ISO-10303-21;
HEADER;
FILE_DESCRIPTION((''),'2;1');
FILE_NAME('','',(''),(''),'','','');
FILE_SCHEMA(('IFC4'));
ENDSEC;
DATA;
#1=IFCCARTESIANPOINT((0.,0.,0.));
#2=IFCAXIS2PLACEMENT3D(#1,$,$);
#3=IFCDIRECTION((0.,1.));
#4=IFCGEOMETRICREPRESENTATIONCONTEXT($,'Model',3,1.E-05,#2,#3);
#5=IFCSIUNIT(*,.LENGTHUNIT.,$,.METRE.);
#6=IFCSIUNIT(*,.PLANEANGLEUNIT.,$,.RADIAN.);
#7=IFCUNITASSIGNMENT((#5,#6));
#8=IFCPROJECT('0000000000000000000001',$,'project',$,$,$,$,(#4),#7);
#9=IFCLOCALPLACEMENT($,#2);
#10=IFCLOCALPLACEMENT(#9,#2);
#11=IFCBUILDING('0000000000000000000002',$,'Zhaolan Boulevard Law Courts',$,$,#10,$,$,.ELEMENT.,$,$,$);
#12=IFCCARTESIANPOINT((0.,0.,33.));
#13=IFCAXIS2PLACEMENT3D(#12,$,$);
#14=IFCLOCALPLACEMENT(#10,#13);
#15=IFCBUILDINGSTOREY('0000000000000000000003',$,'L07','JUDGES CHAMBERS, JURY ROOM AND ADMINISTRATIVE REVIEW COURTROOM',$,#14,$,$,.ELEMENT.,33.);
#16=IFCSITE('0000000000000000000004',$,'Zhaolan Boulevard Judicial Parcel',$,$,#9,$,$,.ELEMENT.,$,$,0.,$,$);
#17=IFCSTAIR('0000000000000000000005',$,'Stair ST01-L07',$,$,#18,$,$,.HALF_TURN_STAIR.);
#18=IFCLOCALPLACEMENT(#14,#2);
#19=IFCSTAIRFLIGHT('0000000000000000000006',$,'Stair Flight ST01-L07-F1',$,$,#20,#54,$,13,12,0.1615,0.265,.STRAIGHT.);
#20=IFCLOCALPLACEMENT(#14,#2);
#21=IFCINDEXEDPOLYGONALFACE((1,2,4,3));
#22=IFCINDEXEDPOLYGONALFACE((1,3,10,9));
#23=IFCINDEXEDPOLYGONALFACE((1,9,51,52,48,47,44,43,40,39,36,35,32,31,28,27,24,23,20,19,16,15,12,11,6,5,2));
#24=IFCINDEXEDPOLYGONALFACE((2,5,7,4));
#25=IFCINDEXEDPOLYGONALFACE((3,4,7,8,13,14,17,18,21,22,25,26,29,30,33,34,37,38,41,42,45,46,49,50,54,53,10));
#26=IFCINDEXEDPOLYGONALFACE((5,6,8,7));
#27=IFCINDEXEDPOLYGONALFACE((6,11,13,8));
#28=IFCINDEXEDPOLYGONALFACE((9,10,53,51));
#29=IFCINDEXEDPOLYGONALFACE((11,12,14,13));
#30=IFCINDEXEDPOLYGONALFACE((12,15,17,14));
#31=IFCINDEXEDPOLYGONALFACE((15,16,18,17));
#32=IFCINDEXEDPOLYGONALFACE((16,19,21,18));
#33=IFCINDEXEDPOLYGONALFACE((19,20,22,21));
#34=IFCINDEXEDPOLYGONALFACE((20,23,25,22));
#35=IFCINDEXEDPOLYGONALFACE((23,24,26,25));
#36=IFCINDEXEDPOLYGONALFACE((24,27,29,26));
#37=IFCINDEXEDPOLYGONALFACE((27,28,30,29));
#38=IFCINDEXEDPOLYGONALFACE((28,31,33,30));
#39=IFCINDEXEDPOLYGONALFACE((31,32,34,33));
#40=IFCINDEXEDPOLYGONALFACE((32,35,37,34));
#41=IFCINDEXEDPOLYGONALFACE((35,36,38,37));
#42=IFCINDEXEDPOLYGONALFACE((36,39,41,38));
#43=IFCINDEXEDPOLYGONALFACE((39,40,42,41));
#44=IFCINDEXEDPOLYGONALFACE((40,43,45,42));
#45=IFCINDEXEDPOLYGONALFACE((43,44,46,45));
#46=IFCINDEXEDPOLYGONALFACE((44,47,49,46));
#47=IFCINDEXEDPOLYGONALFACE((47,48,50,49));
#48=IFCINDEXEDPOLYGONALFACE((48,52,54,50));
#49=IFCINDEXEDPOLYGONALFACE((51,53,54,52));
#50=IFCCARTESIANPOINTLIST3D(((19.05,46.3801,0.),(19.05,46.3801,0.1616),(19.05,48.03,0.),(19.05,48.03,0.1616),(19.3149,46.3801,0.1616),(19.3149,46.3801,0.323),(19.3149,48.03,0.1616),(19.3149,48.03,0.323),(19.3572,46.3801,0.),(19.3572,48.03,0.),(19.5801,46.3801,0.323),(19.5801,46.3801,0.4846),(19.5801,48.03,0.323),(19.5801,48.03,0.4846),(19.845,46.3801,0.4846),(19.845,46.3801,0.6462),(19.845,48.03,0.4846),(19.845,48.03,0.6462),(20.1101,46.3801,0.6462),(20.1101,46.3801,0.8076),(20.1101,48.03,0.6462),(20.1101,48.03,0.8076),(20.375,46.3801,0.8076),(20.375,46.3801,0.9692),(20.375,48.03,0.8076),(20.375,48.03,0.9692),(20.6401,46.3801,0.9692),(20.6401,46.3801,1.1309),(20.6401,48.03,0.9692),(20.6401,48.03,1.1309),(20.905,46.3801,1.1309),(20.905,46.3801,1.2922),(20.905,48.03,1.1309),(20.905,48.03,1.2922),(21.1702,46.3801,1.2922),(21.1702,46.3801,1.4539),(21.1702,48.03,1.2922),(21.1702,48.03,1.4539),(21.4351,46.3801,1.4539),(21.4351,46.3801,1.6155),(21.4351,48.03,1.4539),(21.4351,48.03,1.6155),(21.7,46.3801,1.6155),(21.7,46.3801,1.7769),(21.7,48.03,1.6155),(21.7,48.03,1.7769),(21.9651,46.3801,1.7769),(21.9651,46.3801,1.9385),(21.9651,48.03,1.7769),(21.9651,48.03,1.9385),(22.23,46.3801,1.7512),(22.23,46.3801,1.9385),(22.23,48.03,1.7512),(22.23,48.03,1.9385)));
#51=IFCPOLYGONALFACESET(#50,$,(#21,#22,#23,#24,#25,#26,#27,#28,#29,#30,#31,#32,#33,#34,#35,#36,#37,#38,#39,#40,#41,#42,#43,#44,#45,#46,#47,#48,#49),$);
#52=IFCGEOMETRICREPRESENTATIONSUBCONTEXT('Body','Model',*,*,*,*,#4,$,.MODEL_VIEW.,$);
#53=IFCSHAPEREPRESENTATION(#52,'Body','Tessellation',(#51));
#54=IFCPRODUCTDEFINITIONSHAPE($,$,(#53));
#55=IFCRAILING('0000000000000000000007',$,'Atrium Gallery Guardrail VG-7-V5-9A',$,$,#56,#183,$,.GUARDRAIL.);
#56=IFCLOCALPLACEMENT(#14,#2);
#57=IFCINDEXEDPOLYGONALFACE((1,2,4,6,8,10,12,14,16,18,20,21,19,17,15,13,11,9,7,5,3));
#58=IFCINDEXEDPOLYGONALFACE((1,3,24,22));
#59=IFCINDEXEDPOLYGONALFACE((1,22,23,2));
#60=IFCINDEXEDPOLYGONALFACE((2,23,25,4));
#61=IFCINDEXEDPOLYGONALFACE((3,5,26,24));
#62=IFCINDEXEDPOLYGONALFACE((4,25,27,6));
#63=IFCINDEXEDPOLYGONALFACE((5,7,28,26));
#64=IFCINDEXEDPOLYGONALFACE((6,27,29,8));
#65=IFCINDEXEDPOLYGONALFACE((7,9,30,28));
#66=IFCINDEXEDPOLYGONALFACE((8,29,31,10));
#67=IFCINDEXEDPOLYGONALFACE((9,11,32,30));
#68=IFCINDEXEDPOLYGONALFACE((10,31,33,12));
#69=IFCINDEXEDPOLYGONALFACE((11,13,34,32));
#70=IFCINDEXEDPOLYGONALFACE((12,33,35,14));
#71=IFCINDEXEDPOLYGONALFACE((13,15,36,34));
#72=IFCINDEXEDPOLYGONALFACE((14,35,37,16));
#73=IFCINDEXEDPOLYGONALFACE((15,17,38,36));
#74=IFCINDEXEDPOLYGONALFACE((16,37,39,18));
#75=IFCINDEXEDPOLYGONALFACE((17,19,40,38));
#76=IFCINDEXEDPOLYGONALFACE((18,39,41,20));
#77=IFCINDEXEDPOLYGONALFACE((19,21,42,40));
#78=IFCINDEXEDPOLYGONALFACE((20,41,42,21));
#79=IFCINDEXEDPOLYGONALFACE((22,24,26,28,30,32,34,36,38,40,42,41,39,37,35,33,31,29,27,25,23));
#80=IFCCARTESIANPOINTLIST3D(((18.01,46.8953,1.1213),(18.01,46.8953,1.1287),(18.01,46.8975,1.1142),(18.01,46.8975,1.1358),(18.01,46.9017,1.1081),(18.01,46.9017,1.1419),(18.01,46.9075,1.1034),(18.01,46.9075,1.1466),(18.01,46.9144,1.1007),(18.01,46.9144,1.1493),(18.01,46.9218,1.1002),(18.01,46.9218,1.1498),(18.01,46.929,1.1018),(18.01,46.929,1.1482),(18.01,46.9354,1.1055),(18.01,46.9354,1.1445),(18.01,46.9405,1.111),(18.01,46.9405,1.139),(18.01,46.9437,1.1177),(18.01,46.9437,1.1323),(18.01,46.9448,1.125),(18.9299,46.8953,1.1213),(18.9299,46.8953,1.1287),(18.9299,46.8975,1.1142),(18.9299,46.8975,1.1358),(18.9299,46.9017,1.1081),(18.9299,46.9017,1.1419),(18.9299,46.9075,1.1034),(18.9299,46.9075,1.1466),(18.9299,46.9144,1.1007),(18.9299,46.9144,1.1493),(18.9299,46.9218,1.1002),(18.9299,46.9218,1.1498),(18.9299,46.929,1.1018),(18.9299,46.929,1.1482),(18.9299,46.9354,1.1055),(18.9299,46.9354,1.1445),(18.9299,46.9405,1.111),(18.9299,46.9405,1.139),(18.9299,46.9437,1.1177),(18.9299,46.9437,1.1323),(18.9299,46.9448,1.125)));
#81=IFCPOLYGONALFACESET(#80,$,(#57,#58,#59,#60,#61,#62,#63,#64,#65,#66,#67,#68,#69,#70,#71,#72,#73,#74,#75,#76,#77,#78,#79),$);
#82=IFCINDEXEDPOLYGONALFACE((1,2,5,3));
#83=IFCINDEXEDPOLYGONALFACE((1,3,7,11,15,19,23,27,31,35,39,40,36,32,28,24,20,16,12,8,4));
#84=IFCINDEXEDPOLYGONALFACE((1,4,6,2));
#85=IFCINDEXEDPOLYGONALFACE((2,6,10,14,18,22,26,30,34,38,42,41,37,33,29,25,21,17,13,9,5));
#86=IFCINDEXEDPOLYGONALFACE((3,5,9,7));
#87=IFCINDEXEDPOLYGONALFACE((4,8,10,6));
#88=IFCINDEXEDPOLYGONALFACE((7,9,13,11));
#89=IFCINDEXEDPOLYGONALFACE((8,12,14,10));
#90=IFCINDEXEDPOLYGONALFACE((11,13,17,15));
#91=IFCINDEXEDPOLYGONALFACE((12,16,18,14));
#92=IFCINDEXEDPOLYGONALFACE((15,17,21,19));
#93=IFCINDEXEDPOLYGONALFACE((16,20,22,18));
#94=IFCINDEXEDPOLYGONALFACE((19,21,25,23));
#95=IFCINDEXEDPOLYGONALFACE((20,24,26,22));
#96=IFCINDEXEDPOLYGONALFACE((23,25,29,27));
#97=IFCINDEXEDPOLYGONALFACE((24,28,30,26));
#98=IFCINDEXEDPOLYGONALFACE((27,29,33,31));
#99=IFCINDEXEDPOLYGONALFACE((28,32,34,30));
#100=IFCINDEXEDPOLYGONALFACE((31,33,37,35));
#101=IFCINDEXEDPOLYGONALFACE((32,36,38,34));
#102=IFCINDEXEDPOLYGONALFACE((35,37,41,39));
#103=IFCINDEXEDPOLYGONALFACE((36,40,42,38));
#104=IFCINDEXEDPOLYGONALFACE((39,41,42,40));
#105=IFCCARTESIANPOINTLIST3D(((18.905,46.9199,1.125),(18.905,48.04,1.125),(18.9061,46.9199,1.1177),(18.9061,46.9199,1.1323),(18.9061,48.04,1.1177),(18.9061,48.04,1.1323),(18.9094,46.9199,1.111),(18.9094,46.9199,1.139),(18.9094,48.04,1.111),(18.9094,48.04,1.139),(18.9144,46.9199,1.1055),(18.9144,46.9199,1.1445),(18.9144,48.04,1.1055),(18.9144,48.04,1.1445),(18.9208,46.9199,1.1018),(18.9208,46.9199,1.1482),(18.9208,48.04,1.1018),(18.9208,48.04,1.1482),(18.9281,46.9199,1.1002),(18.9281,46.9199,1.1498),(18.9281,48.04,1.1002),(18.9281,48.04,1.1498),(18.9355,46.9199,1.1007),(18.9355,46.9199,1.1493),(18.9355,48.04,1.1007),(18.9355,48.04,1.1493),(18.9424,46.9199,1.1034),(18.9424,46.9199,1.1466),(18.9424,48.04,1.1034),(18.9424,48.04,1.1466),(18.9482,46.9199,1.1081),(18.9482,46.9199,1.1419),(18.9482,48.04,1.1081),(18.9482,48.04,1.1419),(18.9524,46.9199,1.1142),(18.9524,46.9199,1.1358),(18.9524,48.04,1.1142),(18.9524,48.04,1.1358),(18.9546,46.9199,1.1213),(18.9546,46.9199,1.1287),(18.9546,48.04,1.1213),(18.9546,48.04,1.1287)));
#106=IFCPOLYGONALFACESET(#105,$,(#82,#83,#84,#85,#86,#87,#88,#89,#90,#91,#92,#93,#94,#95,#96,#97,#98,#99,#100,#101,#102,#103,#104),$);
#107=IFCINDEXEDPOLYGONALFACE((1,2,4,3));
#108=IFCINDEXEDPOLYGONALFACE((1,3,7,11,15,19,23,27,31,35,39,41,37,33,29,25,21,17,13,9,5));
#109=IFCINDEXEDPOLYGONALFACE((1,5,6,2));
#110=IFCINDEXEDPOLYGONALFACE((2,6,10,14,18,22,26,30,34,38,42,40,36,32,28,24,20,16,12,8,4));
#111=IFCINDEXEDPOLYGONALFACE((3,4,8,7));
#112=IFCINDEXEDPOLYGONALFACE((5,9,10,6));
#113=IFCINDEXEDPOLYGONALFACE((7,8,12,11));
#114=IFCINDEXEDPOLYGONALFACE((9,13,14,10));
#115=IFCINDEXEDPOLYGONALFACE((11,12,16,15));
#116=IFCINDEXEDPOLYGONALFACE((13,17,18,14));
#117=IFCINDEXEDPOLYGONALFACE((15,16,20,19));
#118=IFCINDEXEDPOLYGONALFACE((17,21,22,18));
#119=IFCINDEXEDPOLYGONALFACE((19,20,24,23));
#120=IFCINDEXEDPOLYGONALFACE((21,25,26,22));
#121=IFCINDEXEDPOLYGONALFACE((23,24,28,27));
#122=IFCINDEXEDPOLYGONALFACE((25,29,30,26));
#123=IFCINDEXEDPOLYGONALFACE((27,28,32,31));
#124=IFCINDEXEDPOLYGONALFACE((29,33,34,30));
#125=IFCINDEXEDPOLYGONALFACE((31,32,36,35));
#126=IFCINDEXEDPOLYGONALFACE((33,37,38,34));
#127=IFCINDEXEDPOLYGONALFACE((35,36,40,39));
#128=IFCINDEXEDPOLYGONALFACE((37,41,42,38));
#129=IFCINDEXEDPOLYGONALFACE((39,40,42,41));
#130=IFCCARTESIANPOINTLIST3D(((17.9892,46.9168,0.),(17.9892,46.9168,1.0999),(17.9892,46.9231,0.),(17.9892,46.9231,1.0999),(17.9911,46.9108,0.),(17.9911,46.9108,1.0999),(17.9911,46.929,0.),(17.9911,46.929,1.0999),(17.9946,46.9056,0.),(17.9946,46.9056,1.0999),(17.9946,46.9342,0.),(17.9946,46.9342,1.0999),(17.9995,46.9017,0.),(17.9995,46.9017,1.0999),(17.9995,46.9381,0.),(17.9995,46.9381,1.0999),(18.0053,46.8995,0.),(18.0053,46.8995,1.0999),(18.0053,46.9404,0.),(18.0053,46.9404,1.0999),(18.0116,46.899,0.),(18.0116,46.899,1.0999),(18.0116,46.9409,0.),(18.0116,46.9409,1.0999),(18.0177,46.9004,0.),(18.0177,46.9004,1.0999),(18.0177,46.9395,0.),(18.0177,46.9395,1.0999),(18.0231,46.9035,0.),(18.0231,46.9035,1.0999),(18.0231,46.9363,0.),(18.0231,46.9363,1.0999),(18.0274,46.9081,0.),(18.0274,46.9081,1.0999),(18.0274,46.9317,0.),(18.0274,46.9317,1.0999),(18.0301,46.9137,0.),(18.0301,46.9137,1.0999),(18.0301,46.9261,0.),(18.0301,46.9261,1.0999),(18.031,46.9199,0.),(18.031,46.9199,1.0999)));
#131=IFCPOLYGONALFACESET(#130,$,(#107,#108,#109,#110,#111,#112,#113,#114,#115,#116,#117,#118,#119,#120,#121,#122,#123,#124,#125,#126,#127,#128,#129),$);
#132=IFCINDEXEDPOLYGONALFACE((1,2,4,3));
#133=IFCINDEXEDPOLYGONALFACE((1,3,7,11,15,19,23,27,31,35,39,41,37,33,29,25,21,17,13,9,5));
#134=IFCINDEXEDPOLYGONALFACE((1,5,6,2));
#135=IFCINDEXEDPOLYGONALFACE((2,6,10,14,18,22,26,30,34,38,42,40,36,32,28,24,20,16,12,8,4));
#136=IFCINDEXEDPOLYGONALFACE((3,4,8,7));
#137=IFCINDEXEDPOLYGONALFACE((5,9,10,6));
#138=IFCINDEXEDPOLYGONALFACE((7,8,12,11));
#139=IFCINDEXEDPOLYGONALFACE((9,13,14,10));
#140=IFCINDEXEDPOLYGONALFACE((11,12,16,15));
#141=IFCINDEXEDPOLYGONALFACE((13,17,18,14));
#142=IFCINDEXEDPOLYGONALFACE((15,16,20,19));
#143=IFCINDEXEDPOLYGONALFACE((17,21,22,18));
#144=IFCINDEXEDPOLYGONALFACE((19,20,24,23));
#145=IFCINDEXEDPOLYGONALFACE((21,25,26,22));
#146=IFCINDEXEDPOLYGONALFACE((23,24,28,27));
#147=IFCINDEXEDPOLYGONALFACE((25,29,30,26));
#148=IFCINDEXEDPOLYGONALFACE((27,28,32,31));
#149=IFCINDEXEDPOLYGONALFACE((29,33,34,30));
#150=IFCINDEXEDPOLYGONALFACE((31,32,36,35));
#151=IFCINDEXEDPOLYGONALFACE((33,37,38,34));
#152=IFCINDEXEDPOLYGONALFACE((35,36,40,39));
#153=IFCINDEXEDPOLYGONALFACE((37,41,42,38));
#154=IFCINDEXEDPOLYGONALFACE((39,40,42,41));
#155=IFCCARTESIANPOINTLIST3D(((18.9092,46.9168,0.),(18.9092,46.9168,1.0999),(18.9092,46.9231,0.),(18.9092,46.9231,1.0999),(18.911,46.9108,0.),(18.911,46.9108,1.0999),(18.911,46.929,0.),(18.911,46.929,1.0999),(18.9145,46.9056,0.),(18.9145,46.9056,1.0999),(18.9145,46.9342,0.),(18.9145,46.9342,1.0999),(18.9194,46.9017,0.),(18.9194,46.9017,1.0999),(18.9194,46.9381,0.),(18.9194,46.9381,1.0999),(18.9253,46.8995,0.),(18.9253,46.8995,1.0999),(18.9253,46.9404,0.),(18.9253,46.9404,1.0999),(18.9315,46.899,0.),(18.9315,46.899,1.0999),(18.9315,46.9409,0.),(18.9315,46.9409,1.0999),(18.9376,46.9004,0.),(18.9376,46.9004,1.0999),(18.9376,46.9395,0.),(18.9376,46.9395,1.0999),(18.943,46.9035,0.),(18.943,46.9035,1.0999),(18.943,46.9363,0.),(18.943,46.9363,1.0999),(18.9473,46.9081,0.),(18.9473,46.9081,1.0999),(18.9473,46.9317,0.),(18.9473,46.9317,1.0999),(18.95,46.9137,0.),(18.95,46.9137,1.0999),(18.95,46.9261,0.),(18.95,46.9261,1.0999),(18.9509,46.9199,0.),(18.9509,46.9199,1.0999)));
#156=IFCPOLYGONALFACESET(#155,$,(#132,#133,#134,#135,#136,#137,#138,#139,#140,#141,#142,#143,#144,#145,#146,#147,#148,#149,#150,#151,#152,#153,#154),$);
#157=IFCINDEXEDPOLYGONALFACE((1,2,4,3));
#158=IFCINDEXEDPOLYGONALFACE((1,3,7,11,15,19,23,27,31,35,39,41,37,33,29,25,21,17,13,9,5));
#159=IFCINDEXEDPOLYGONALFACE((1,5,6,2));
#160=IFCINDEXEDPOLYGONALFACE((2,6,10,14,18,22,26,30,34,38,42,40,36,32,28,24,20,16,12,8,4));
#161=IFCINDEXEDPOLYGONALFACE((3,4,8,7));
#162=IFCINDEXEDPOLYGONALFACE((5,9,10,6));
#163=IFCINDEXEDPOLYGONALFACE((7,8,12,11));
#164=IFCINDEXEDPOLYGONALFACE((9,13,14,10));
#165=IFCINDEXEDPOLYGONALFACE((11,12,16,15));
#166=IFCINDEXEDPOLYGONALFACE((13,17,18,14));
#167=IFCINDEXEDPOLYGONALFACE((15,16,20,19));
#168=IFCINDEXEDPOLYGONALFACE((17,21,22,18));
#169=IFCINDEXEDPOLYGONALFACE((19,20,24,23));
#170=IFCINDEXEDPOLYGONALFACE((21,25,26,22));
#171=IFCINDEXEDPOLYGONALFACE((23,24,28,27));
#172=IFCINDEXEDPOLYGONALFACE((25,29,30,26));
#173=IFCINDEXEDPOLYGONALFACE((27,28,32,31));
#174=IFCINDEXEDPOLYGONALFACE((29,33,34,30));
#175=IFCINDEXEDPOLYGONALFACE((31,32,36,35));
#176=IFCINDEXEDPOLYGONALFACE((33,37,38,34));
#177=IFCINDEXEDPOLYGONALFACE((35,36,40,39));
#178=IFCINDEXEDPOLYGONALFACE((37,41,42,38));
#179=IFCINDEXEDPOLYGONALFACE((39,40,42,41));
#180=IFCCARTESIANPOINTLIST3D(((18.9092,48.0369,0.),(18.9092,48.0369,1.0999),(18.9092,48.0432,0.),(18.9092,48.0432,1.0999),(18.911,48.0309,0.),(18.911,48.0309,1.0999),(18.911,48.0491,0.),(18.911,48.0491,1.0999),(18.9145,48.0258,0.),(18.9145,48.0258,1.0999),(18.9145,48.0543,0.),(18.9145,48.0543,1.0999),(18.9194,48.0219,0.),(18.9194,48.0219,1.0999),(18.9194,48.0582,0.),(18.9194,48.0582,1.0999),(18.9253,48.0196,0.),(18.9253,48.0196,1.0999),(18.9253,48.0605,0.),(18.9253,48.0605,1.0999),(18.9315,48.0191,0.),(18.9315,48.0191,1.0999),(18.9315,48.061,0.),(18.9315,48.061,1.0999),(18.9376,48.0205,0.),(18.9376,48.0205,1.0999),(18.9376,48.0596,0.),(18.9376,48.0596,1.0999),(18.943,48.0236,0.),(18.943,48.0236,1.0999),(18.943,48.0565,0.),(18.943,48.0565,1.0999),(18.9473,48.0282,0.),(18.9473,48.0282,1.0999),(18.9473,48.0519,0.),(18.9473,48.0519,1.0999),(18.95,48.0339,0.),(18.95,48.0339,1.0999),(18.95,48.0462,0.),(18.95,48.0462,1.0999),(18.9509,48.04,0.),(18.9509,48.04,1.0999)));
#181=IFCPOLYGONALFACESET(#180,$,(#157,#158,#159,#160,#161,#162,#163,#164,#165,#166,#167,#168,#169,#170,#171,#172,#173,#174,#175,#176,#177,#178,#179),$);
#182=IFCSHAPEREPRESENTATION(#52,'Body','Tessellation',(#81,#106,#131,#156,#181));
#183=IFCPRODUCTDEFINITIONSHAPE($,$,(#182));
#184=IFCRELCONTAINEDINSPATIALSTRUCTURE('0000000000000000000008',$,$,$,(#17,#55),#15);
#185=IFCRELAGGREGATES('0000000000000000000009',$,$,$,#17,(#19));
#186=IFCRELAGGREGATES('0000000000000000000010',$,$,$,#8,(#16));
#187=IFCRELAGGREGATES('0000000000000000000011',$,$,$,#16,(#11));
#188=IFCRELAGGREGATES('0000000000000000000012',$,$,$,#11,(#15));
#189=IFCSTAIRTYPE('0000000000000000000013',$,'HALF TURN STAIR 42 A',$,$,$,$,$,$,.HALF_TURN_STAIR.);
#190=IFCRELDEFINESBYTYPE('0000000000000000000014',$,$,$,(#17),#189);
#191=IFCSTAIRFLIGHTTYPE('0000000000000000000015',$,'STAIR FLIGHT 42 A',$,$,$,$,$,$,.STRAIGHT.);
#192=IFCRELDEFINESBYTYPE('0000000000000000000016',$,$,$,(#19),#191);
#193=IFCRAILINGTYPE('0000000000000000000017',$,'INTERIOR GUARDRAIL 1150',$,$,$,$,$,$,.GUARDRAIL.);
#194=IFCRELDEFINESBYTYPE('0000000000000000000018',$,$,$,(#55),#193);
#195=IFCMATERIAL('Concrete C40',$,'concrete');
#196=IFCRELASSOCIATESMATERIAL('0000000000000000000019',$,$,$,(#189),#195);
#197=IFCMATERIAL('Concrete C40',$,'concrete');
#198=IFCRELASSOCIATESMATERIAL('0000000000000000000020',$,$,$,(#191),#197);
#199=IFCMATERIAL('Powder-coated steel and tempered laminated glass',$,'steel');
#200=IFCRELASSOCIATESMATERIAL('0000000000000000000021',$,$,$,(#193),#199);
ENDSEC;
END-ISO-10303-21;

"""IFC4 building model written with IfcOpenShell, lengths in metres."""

from ifc_helpers import new_model, si_unit, direction, frame, origin, origin_2d, place, context, subcontext, project, spatial, polyline, circle, outline, extrude, material, type_object, element, aggregate, save


model = new_model("IFC4")

# Units and contexts
model_context = context("Model", 3, precision=1e-05, world=origin(), true_north=direction((0.0, 1.0)))
body_context = subcontext(model_context, "Body", "Model", "MODEL_VIEW")
ifc_project = project(units=[si_unit("LENGTHUNIT", "METRE"), si_unit("PLANEANGLEUNIT", "RADIAN")], contexts=[model_context])

# Site, building, storey
site_placement = place(None, origin())
site = spatial("IfcSite", under=ifc_project, at=site_placement, Name="Zhaolan Boulevard Judicial Parcel", CompositionType="ELEMENT", RefElevation=0.0)
building_placement = place(site_placement, origin())
building = spatial("IfcBuilding", under=site, at=building_placement, Name="Zhaolan Boulevard Law Courts", CompositionType="ELEMENT")
storey_placement = place(building_placement, frame((0.0, 0.0, 33.0)))
storey = spatial("IfcBuildingStorey", under=building, at=storey_placement, Name="L07", Description="JUDGES CHAMBERS, JURY ROOM AND ADMINISTRATIVE REVIEW COURTROOM", CompositionType="ELEMENT", Elevation=33.0)

# Stair, stair flight
ifc_material_1 = material(Name="Concrete C40", Category="concrete")
stair_type = type_object("IfcStairType", Name="HALF TURN STAIR 42 A", PredefinedType="HALF_TURN_STAIR", material=ifc_material_1)
stair_placement = place(storey_placement, origin())
stair = element("IfcStair", 1, at=stair_placement, inside=storey, type_object=stair_type, Name="Stair ST01-L07", PredefinedType="HALF_TURN_STAIR")
ifc_material_2 = material(Name="Concrete C40", Category="concrete")
stair_flight_type = type_object("IfcStairFlightType", Name="STAIR FLIGHT 42 A", PredefinedType="STRAIGHT", material=ifc_material_2)
stair_flight_placement = place(storey_placement, frame((19.05, 47.2051, 0.0), z_axis=(0.0, 0.0, 1.0), x_axis=(1.0, 0.0, 0.0)))
stair_flight = element("IfcStairFlight", 2, at=stair_flight_placement, type_object=stair_flight_type, Name="Stair Flight ST01-L07-F1", NumberOfRisers=13, NumberOfTreads=12, PredefinedType="STRAIGHT", RiserHeight=0.1615, TreadLength=0.265, context=body_context, shape_type="SweptSolid", body=[
    extrude(outline(polyline([(0.0, 0.0), (0.0, 0.1616), (0.2649, 0.1616), (0.2649, 0.323), (0.53, 0.323), (0.53, 0.4846), (0.7949, 0.4846), (0.7949, 0.6462), (1.0601, 0.6462), (1.0601, 0.8076), (1.325, 0.8076), (1.325, 0.9692), (1.5901, 0.9692), (1.5901, 1.1309), (1.855, 1.1309), (1.855, 1.2922), (2.1201, 1.2922), (2.1201, 1.4539), (2.385, 1.4539), (2.385, 1.6155), (2.6499, 1.6155), (2.6499, 1.7769), (2.915, 1.7769), (2.915, 1.9385), (3.1799, 1.9385), (3.1799, 2.1001), (3.1799, 1.7512), (0.3071, 0.0), (0.0, 0.0)])), frame((0.0, 0.825, 0.0), z_axis=(0.0, -1.0, 0.0), x_axis=(1.0, 0.0, 0.0)), (0.0, 0.0, 1.0), 1.6499),
])
aggregate(stair, [stair_flight])

# Railing
ifc_material_3 = material(Name="Powder-coated steel and tempered laminated glass", Category="steel")
railing_type_1 = type_object("IfcRailingType", Name="INTERIOR GUARDRAIL 1150", PredefinedType="GUARDRAIL", material=ifc_material_3)
railing_1_placement = place(storey_placement, frame((18.01, 46.9199, 0.0)))
element("IfcRailing", 3, at=railing_1_placement, inside=storey, type_object=railing_type_1, Name="Atrium Gallery Guardrail VG-7-V5-9A", PredefinedType="GUARDRAIL", context=body_context, shape_type="SweptSolid", body=[
    extrude(circle(Radius=0.0249, at=origin_2d()), frame((0.0, 0.0, 1.125), z_axis=(1.0, 0.0, 0.0), x_axis=(0.0, 1.0, 0.0)), (0.0, 0.0, 1.0), 0.9199),
    extrude(circle(Radius=0.0249, at=origin_2d()), frame((0.9199, 0.0, 1.125), z_axis=(0.0, 1.0, 0.0), x_axis=(-1.0, 0.0, 0.0)), (0.0, 0.0, 1.0), 1.1201),
    extrude(circle(Radius=0.021, at=origin_2d()), origin(), (0.0, 0.0, 1.0), 1.0999),
    extrude(circle(Radius=0.021, at=origin_2d()), frame((0.9199, 0.0, 0.0)), (0.0, 0.0, 1.0), 1.0999),
    extrude(circle(Radius=0.021, at=origin_2d()), frame((0.9199, 1.1201, 0.0)), (0.0, 0.0, 1.0), 1.0999),
])

save(model, "model.ifc")
